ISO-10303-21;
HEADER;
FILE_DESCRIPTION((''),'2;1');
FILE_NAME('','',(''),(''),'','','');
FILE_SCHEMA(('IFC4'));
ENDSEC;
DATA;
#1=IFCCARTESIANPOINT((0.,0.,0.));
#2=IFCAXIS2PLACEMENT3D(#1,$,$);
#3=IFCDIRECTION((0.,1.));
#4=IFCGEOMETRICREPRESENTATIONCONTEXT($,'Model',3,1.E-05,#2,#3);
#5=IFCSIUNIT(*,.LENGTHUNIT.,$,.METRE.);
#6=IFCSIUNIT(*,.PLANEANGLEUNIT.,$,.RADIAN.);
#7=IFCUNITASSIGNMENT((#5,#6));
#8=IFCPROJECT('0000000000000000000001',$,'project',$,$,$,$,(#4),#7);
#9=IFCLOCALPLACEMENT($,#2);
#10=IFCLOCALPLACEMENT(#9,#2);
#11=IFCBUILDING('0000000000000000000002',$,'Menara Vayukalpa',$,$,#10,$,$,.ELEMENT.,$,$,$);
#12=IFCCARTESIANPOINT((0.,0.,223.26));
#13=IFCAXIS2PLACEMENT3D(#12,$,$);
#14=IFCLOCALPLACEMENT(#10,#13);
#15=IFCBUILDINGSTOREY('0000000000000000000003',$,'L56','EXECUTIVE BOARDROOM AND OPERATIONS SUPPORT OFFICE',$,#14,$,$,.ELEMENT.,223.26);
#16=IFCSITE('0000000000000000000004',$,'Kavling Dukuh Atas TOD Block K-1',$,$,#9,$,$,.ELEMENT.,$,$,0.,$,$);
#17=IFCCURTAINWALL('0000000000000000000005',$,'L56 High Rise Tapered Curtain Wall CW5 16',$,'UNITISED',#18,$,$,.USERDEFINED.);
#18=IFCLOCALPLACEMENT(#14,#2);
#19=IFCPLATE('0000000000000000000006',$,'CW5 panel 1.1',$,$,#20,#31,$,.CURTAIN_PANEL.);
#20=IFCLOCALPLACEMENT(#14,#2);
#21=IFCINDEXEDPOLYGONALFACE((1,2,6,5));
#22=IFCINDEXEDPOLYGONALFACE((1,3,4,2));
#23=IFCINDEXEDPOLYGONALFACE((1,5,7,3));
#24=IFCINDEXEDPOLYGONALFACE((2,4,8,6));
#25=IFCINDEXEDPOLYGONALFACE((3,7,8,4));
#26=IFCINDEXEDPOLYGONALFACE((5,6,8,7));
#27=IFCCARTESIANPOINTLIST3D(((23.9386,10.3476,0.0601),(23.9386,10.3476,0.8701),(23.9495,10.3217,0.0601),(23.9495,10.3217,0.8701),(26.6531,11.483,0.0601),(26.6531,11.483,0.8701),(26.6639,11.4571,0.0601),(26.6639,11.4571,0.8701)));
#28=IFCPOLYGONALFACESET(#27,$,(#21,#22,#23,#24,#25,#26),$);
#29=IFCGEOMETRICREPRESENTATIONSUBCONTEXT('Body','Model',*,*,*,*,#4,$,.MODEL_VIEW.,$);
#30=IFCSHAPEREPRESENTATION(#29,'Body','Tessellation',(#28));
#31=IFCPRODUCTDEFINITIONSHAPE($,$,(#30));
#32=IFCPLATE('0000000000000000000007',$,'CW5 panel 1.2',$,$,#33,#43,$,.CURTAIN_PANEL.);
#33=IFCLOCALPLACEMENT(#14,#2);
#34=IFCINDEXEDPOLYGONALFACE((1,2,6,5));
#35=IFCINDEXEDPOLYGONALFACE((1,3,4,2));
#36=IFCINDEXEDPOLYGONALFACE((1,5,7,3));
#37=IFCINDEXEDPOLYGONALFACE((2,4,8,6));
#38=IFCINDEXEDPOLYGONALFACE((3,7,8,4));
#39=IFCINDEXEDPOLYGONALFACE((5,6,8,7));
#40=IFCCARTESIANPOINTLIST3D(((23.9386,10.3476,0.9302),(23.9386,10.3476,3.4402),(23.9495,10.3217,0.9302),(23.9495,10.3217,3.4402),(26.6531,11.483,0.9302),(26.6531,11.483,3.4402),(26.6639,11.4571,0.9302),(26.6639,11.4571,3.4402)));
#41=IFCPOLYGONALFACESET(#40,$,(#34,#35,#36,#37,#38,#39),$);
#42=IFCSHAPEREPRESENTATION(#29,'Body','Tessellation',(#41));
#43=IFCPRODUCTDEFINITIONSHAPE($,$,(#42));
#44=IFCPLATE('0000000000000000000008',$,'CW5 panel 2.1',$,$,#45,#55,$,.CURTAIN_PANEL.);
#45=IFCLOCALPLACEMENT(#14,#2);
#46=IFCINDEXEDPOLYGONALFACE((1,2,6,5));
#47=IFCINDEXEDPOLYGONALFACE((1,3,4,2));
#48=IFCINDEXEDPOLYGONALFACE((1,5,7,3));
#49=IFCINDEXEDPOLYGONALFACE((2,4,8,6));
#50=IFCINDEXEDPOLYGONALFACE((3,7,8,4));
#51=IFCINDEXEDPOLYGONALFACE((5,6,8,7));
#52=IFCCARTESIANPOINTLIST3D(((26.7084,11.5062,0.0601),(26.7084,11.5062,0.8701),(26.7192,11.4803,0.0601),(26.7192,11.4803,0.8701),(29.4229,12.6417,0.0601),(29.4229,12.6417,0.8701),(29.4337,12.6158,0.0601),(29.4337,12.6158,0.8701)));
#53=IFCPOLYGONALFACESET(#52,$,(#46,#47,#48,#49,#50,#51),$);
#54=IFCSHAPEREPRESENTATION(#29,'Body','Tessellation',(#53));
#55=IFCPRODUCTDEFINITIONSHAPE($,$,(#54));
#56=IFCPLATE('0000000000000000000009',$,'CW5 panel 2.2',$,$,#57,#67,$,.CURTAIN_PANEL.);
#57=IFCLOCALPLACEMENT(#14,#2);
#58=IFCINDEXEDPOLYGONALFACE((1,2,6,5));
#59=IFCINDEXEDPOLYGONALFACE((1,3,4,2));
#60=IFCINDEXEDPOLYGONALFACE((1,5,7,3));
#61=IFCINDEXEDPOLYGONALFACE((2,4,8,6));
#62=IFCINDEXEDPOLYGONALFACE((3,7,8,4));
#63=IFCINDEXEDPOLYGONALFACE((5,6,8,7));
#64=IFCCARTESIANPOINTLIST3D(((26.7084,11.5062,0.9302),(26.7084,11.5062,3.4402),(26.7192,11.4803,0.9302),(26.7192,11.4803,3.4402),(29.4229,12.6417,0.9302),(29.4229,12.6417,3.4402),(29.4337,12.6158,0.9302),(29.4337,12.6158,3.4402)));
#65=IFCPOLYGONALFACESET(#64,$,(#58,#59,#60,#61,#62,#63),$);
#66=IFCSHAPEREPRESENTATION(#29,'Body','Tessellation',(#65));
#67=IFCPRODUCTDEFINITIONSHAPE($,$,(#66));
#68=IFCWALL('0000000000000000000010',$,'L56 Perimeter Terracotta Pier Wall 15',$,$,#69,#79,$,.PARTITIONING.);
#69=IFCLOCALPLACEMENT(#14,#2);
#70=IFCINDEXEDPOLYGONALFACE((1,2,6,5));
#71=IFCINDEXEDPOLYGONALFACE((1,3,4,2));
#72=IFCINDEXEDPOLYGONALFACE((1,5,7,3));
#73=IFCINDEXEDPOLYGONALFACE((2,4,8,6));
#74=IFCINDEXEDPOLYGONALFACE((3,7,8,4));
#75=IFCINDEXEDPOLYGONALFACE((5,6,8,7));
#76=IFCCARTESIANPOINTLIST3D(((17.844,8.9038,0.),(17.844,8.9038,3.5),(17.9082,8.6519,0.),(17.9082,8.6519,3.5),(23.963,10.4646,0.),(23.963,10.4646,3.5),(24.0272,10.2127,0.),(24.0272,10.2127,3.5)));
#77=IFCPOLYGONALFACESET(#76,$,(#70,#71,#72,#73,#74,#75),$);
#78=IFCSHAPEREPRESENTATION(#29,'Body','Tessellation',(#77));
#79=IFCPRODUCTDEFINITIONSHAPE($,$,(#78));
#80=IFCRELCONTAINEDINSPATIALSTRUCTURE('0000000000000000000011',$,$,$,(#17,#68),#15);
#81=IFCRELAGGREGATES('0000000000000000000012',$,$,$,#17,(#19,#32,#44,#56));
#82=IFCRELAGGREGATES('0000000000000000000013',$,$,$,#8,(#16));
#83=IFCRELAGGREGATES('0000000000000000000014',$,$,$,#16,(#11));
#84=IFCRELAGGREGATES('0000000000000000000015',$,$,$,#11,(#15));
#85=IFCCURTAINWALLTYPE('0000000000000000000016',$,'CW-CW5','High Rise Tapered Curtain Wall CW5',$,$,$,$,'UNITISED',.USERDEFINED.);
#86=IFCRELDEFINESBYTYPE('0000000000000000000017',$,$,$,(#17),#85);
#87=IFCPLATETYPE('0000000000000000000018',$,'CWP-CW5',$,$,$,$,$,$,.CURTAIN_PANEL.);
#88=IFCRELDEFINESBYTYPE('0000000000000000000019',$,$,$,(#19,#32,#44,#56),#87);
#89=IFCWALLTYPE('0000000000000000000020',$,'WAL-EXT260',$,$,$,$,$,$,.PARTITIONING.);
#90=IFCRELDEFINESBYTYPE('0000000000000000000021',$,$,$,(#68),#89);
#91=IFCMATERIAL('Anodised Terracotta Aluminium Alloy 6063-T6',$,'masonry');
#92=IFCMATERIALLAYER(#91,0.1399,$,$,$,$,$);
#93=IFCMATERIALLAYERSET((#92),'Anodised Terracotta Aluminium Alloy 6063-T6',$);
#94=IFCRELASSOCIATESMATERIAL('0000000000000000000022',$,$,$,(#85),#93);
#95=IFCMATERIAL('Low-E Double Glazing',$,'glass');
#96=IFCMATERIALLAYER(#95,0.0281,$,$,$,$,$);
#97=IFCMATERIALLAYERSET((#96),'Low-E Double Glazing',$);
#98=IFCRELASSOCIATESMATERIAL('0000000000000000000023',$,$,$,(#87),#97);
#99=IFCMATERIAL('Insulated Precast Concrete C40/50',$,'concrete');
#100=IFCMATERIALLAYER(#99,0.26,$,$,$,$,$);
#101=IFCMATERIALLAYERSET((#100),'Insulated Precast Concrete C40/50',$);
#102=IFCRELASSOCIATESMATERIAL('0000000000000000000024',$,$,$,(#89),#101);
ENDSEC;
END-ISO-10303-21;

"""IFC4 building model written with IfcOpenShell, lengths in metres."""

from ifc_helpers import new_model, si_unit, direction, frame, frame_2d, origin, origin_2d, place, context, subcontext, project, spatial, rectangle, extrude, material, layer, layer_set, type_object, element, aggregate, save


model = new_model("IFC4")

# Units and contexts
model_context = context("Model", 3, precision=1e-05, world=origin(), true_north=direction((0.0, 1.0)))
body_context = subcontext(model_context, "Body", "Model", "MODEL_VIEW")
ifc_project = project(units=[si_unit("LENGTHUNIT", "METRE"), si_unit("PLANEANGLEUNIT", "RADIAN")], contexts=[model_context])

# Site, building, storey
site_placement = place(None, origin())
site = spatial("IfcSite", under=ifc_project, at=site_placement, Name="Kavling Dukuh Atas TOD Block K-1", CompositionType="ELEMENT", RefElevation=0.0)
building_placement = place(site_placement, origin())
building = spatial("IfcBuilding", under=site, at=building_placement, Name="Menara Vayukalpa", CompositionType="ELEMENT")
storey_placement = place(building_placement, frame((0.0, 0.0, 223.26)))
storey = spatial("IfcBuildingStorey", under=building, at=storey_placement, Name="L56", Description="EXECUTIVE BOARDROOM AND OPERATIONS SUPPORT OFFICE", CompositionType="ELEMENT", Elevation=223.26)

# Curtain wall, plates
ifc_material_1 = material(Name="Anodised Terracotta Aluminium Alloy 6063-T6", Category="masonry")
ifc_layer_1 = layer(ifc_material_1, 0.1399)
ifc_layer_set_1 = layer_set([ifc_layer_1], Name="Anodised Terracotta Aluminium Alloy 6063-T6")
curtain_wall_type = type_object("IfcCurtainWallType", Name="CW-CW5", Description="High Rise Tapered Curtain Wall CW5", ElementType="UNITISED", PredefinedType="USERDEFINED", material=ifc_layer_set_1)
curtain_wall_placement = place(storey_placement, origin())
curtain_wall = element("IfcCurtainWall", 1, at=curtain_wall_placement, inside=storey, type_object=curtain_wall_type, Name="L56 High Rise Tapered Curtain Wall CW5 16", ObjectType="UNITISED", PredefinedType="USERDEFINED")
ifc_material_2 = material(Name="Low-E Double Glazing", Category="glass")
ifc_layer_2 = layer(ifc_material_2, 0.0281)
ifc_layer_set_2 = layer_set([ifc_layer_2], Name="Low-E Double Glazing")
plate_type = type_object("IfcPlateType", Name="CWP-CW5", PredefinedType="CURTAIN_PANEL", material=ifc_layer_set_2)
plate_1_placement = place(storey_placement, frame((25.3013, 10.9023, 0.0601), z_axis=(0.0, 0.0, 1.0), x_axis=(0.922539, 0.385903, 0.0)))
plate_1 = element("IfcPlate", 2, at=plate_1_placement, type_object=plate_type, Name="CW5 panel 1.1", PredefinedType="CURTAIN_PANEL", context=body_context, shape_type="SweptSolid", body=[
    extrude(rectangle(XDim=2.9424, YDim=0.0281, at=origin_2d()), origin(), (0.0, 0.0, 1.0), 0.8101),
])
plate_2_placement = place(storey_placement, frame((25.3013, 10.9023, 0.9302), z_axis=(0.0, 0.0, 1.0), x_axis=(0.922539, 0.385903, 0.0)))
plate_2 = element("IfcPlate", 3, at=plate_2_placement, type_object=plate_type, Name="CW5 panel 1.2", PredefinedType="CURTAIN_PANEL", context=body_context, shape_type="SweptSolid", body=[
    extrude(rectangle(XDim=2.9424, YDim=0.0281, at=origin_2d()), origin(), (0.0, 0.0, 1.0), 2.51),
])
plate_3_placement = place(storey_placement, frame((28.071, 12.061, 0.0601), z_axis=(0.0, 0.0, 1.0), x_axis=(0.922539, 0.385903, 0.0)))
plate_3 = element("IfcPlate", 4, at=plate_3_placement, type_object=plate_type, Name="CW5 panel 2.1", PredefinedType="CURTAIN_PANEL", context=body_context, shape_type="SweptSolid", body=[
    extrude(rectangle(XDim=2.9424, YDim=0.0281, at=origin_2d()), origin(), (0.0, 0.0, 1.0), 0.8101),
])
plate_4_placement = place(storey_placement, frame((28.071, 12.061, 0.9302), z_axis=(0.0, 0.0, 1.0), x_axis=(0.922539, 0.385903, 0.0)))
plate_4 = element("IfcPlate", 5, at=plate_4_placement, type_object=plate_type, Name="CW5 panel 2.2", PredefinedType="CURTAIN_PANEL", context=body_context, shape_type="SweptSolid", body=[
    extrude(rectangle(XDim=2.9424, YDim=0.0281, at=origin_2d()), origin(), (0.0, 0.0, 1.0), 2.51),
])
aggregate(curtain_wall, [plate_1, plate_2, plate_3, plate_4])

# Wall
ifc_material_3 = material(Name="Insulated Precast Concrete C40/50", Category="concrete")
ifc_layer_3 = layer(ifc_material_3, 0.26)
ifc_layer_set_3 = layer_set([ifc_layer_3], Name="Insulated Precast Concrete C40/50")
wall_type = type_object("IfcWallType", Name="WAL-EXT260", PredefinedType="PARTITIONING", material=ifc_layer_set_3)
wall_placement = place(storey_placement, frame((23.9951, 10.3386, 0.0), z_axis=(0.0, 0.0, 1.0), x_axis=(-0.968976, -0.247154, 0.0)))
element("IfcWall", 6, at=wall_placement, inside=storey, type_object=wall_type, Name="L56 Perimeter Terracotta Pier Wall 15", PredefinedType="PARTITIONING", context=body_context, shape_type="SweptSolid", body=[
    extrude(rectangle(XDim=6.3149, YDim=0.26, at=frame_2d((3.1575, 0.0))), origin(), (0.0, 0.0, 1.0), 3.5),
])

save(model, "model.ifc")
